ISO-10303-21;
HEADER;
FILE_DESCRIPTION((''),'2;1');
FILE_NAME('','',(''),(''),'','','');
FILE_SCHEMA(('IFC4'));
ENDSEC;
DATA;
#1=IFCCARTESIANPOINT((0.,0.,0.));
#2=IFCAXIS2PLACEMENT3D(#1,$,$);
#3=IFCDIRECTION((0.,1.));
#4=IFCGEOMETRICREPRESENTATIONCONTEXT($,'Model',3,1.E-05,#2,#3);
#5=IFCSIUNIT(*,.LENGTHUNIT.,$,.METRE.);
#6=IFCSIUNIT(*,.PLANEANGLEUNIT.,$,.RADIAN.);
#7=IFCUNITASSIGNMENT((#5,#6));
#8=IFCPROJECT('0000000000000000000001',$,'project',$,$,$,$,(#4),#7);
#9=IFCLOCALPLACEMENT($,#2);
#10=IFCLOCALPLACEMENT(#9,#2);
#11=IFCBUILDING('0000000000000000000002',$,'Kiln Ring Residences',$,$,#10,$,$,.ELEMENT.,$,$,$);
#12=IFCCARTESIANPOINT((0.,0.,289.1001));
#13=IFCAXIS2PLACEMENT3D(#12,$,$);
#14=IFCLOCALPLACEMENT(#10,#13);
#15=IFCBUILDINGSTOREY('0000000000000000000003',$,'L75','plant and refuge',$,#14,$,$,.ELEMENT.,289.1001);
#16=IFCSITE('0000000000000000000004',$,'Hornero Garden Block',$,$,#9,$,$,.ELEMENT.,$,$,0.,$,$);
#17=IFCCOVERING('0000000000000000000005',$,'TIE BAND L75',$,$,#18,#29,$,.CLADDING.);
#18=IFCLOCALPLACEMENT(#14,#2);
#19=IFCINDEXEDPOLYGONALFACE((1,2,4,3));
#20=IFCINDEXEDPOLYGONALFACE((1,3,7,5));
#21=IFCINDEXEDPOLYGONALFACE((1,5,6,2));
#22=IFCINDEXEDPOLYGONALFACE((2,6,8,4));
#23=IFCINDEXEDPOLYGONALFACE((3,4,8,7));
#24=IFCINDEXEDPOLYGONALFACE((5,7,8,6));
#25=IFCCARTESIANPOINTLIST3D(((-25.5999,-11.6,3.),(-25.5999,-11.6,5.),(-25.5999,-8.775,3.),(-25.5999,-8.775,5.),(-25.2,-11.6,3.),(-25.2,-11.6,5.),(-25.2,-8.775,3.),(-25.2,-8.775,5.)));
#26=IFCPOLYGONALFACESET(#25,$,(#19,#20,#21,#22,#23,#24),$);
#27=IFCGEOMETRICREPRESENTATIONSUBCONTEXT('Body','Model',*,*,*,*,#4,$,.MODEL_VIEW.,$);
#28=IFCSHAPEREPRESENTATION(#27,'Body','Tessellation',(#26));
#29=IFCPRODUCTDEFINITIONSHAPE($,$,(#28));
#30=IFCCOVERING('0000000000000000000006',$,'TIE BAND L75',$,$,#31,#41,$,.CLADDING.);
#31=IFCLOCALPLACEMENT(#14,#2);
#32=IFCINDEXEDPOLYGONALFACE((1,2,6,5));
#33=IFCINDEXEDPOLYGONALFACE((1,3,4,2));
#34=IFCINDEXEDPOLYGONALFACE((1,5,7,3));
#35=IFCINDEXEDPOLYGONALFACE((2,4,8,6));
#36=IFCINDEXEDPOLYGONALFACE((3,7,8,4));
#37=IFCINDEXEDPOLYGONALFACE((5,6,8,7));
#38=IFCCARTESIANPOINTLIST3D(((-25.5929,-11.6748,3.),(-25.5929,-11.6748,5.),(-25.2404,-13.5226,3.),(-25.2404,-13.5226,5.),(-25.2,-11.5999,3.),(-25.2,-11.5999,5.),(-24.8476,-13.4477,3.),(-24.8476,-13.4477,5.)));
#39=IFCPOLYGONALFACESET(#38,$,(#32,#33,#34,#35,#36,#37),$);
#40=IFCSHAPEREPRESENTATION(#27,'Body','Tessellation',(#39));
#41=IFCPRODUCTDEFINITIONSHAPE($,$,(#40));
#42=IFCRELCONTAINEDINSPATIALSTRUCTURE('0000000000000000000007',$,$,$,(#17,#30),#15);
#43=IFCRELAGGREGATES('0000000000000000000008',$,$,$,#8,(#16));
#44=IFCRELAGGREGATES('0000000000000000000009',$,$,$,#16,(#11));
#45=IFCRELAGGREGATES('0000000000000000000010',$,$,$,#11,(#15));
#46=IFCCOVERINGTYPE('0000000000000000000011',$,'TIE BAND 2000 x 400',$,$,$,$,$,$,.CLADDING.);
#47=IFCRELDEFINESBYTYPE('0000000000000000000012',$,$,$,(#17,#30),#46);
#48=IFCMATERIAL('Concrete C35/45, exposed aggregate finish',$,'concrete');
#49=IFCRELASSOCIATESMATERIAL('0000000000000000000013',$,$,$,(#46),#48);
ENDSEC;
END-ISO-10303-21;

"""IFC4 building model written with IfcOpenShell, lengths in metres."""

from ifc_helpers import new_model, si_unit, direction, frame, origin, origin_2d, place, context, subcontext, project, spatial, rectangle, extrude, material, type_object, element, save


model = new_model("IFC4")

# Units and contexts
model_context = context("Model", 3, precision=1e-05, world=origin(), true_north=direction((0.0, 1.0)))
body_context = subcontext(model_context, "Body", "Model", "MODEL_VIEW")
ifc_project = project(units=[si_unit("LENGTHUNIT", "METRE"), si_unit("PLANEANGLEUNIT", "RADIAN")], contexts=[model_context])

# Site, building, storey
site_placement = place(None, origin())
site = spatial("IfcSite", under=ifc_project, at=site_placement, Name="Hornero Garden Block", CompositionType="ELEMENT", RefElevation=0.0)
building_placement = place(site_placement, origin())
building = spatial("IfcBuilding", under=site, at=building_placement, Name="Kiln Ring Residences", CompositionType="ELEMENT")
storey_placement = place(building_placement, frame((0.0, 0.0, 289.1001)))
storey = spatial("IfcBuildingStorey", under=building, at=storey_placement, Name="L75", Description="plant and refuge", CompositionType="ELEMENT", Elevation=289.1001)

# Coverings
ifc_material_1 = material(Name="Concrete C35/45, exposed aggregate finish", Category="concrete")
covering_type = type_object("IfcCoveringType", Name="TIE BAND 2000 x 400", PredefinedType="CLADDING", material=ifc_material_1)
covering_1_placement = place(storey_placement, frame((-25.3999, -10.1875, 3.0), z_axis=(0.0, 0.0, 1.0), x_axis=(0.0, -1.0, 0.0)))
element("IfcCovering", 1, at=covering_1_placement, inside=storey, type_object=covering_type, Name="TIE BAND L75", PredefinedType="CLADDING", context=body_context, shape_type="SweptSolid", body=[
    extrude(rectangle(XDim=2.825, YDim=0.3999, at=origin_2d()), origin(), (0.0, 0.0, 1.0), 2.0),
])
covering_2_placement = place(storey_placement, frame((-25.2202, -12.5613, 3.0), z_axis=(0.0, 0.0, 1.0), x_axis=(0.187366, -0.98229, 0.0)))
element("IfcCovering", 2, at=covering_2_placement, inside=storey, type_object=covering_type, Name="TIE BAND L75", PredefinedType="CLADDING", context=body_context, shape_type="SweptSolid", body=[
    extrude(rectangle(XDim=1.8811, YDim=0.3999, at=origin_2d()), origin(), (0.0, 0.0, 1.0), 2.0),
])

save(model, "model.ifc")
